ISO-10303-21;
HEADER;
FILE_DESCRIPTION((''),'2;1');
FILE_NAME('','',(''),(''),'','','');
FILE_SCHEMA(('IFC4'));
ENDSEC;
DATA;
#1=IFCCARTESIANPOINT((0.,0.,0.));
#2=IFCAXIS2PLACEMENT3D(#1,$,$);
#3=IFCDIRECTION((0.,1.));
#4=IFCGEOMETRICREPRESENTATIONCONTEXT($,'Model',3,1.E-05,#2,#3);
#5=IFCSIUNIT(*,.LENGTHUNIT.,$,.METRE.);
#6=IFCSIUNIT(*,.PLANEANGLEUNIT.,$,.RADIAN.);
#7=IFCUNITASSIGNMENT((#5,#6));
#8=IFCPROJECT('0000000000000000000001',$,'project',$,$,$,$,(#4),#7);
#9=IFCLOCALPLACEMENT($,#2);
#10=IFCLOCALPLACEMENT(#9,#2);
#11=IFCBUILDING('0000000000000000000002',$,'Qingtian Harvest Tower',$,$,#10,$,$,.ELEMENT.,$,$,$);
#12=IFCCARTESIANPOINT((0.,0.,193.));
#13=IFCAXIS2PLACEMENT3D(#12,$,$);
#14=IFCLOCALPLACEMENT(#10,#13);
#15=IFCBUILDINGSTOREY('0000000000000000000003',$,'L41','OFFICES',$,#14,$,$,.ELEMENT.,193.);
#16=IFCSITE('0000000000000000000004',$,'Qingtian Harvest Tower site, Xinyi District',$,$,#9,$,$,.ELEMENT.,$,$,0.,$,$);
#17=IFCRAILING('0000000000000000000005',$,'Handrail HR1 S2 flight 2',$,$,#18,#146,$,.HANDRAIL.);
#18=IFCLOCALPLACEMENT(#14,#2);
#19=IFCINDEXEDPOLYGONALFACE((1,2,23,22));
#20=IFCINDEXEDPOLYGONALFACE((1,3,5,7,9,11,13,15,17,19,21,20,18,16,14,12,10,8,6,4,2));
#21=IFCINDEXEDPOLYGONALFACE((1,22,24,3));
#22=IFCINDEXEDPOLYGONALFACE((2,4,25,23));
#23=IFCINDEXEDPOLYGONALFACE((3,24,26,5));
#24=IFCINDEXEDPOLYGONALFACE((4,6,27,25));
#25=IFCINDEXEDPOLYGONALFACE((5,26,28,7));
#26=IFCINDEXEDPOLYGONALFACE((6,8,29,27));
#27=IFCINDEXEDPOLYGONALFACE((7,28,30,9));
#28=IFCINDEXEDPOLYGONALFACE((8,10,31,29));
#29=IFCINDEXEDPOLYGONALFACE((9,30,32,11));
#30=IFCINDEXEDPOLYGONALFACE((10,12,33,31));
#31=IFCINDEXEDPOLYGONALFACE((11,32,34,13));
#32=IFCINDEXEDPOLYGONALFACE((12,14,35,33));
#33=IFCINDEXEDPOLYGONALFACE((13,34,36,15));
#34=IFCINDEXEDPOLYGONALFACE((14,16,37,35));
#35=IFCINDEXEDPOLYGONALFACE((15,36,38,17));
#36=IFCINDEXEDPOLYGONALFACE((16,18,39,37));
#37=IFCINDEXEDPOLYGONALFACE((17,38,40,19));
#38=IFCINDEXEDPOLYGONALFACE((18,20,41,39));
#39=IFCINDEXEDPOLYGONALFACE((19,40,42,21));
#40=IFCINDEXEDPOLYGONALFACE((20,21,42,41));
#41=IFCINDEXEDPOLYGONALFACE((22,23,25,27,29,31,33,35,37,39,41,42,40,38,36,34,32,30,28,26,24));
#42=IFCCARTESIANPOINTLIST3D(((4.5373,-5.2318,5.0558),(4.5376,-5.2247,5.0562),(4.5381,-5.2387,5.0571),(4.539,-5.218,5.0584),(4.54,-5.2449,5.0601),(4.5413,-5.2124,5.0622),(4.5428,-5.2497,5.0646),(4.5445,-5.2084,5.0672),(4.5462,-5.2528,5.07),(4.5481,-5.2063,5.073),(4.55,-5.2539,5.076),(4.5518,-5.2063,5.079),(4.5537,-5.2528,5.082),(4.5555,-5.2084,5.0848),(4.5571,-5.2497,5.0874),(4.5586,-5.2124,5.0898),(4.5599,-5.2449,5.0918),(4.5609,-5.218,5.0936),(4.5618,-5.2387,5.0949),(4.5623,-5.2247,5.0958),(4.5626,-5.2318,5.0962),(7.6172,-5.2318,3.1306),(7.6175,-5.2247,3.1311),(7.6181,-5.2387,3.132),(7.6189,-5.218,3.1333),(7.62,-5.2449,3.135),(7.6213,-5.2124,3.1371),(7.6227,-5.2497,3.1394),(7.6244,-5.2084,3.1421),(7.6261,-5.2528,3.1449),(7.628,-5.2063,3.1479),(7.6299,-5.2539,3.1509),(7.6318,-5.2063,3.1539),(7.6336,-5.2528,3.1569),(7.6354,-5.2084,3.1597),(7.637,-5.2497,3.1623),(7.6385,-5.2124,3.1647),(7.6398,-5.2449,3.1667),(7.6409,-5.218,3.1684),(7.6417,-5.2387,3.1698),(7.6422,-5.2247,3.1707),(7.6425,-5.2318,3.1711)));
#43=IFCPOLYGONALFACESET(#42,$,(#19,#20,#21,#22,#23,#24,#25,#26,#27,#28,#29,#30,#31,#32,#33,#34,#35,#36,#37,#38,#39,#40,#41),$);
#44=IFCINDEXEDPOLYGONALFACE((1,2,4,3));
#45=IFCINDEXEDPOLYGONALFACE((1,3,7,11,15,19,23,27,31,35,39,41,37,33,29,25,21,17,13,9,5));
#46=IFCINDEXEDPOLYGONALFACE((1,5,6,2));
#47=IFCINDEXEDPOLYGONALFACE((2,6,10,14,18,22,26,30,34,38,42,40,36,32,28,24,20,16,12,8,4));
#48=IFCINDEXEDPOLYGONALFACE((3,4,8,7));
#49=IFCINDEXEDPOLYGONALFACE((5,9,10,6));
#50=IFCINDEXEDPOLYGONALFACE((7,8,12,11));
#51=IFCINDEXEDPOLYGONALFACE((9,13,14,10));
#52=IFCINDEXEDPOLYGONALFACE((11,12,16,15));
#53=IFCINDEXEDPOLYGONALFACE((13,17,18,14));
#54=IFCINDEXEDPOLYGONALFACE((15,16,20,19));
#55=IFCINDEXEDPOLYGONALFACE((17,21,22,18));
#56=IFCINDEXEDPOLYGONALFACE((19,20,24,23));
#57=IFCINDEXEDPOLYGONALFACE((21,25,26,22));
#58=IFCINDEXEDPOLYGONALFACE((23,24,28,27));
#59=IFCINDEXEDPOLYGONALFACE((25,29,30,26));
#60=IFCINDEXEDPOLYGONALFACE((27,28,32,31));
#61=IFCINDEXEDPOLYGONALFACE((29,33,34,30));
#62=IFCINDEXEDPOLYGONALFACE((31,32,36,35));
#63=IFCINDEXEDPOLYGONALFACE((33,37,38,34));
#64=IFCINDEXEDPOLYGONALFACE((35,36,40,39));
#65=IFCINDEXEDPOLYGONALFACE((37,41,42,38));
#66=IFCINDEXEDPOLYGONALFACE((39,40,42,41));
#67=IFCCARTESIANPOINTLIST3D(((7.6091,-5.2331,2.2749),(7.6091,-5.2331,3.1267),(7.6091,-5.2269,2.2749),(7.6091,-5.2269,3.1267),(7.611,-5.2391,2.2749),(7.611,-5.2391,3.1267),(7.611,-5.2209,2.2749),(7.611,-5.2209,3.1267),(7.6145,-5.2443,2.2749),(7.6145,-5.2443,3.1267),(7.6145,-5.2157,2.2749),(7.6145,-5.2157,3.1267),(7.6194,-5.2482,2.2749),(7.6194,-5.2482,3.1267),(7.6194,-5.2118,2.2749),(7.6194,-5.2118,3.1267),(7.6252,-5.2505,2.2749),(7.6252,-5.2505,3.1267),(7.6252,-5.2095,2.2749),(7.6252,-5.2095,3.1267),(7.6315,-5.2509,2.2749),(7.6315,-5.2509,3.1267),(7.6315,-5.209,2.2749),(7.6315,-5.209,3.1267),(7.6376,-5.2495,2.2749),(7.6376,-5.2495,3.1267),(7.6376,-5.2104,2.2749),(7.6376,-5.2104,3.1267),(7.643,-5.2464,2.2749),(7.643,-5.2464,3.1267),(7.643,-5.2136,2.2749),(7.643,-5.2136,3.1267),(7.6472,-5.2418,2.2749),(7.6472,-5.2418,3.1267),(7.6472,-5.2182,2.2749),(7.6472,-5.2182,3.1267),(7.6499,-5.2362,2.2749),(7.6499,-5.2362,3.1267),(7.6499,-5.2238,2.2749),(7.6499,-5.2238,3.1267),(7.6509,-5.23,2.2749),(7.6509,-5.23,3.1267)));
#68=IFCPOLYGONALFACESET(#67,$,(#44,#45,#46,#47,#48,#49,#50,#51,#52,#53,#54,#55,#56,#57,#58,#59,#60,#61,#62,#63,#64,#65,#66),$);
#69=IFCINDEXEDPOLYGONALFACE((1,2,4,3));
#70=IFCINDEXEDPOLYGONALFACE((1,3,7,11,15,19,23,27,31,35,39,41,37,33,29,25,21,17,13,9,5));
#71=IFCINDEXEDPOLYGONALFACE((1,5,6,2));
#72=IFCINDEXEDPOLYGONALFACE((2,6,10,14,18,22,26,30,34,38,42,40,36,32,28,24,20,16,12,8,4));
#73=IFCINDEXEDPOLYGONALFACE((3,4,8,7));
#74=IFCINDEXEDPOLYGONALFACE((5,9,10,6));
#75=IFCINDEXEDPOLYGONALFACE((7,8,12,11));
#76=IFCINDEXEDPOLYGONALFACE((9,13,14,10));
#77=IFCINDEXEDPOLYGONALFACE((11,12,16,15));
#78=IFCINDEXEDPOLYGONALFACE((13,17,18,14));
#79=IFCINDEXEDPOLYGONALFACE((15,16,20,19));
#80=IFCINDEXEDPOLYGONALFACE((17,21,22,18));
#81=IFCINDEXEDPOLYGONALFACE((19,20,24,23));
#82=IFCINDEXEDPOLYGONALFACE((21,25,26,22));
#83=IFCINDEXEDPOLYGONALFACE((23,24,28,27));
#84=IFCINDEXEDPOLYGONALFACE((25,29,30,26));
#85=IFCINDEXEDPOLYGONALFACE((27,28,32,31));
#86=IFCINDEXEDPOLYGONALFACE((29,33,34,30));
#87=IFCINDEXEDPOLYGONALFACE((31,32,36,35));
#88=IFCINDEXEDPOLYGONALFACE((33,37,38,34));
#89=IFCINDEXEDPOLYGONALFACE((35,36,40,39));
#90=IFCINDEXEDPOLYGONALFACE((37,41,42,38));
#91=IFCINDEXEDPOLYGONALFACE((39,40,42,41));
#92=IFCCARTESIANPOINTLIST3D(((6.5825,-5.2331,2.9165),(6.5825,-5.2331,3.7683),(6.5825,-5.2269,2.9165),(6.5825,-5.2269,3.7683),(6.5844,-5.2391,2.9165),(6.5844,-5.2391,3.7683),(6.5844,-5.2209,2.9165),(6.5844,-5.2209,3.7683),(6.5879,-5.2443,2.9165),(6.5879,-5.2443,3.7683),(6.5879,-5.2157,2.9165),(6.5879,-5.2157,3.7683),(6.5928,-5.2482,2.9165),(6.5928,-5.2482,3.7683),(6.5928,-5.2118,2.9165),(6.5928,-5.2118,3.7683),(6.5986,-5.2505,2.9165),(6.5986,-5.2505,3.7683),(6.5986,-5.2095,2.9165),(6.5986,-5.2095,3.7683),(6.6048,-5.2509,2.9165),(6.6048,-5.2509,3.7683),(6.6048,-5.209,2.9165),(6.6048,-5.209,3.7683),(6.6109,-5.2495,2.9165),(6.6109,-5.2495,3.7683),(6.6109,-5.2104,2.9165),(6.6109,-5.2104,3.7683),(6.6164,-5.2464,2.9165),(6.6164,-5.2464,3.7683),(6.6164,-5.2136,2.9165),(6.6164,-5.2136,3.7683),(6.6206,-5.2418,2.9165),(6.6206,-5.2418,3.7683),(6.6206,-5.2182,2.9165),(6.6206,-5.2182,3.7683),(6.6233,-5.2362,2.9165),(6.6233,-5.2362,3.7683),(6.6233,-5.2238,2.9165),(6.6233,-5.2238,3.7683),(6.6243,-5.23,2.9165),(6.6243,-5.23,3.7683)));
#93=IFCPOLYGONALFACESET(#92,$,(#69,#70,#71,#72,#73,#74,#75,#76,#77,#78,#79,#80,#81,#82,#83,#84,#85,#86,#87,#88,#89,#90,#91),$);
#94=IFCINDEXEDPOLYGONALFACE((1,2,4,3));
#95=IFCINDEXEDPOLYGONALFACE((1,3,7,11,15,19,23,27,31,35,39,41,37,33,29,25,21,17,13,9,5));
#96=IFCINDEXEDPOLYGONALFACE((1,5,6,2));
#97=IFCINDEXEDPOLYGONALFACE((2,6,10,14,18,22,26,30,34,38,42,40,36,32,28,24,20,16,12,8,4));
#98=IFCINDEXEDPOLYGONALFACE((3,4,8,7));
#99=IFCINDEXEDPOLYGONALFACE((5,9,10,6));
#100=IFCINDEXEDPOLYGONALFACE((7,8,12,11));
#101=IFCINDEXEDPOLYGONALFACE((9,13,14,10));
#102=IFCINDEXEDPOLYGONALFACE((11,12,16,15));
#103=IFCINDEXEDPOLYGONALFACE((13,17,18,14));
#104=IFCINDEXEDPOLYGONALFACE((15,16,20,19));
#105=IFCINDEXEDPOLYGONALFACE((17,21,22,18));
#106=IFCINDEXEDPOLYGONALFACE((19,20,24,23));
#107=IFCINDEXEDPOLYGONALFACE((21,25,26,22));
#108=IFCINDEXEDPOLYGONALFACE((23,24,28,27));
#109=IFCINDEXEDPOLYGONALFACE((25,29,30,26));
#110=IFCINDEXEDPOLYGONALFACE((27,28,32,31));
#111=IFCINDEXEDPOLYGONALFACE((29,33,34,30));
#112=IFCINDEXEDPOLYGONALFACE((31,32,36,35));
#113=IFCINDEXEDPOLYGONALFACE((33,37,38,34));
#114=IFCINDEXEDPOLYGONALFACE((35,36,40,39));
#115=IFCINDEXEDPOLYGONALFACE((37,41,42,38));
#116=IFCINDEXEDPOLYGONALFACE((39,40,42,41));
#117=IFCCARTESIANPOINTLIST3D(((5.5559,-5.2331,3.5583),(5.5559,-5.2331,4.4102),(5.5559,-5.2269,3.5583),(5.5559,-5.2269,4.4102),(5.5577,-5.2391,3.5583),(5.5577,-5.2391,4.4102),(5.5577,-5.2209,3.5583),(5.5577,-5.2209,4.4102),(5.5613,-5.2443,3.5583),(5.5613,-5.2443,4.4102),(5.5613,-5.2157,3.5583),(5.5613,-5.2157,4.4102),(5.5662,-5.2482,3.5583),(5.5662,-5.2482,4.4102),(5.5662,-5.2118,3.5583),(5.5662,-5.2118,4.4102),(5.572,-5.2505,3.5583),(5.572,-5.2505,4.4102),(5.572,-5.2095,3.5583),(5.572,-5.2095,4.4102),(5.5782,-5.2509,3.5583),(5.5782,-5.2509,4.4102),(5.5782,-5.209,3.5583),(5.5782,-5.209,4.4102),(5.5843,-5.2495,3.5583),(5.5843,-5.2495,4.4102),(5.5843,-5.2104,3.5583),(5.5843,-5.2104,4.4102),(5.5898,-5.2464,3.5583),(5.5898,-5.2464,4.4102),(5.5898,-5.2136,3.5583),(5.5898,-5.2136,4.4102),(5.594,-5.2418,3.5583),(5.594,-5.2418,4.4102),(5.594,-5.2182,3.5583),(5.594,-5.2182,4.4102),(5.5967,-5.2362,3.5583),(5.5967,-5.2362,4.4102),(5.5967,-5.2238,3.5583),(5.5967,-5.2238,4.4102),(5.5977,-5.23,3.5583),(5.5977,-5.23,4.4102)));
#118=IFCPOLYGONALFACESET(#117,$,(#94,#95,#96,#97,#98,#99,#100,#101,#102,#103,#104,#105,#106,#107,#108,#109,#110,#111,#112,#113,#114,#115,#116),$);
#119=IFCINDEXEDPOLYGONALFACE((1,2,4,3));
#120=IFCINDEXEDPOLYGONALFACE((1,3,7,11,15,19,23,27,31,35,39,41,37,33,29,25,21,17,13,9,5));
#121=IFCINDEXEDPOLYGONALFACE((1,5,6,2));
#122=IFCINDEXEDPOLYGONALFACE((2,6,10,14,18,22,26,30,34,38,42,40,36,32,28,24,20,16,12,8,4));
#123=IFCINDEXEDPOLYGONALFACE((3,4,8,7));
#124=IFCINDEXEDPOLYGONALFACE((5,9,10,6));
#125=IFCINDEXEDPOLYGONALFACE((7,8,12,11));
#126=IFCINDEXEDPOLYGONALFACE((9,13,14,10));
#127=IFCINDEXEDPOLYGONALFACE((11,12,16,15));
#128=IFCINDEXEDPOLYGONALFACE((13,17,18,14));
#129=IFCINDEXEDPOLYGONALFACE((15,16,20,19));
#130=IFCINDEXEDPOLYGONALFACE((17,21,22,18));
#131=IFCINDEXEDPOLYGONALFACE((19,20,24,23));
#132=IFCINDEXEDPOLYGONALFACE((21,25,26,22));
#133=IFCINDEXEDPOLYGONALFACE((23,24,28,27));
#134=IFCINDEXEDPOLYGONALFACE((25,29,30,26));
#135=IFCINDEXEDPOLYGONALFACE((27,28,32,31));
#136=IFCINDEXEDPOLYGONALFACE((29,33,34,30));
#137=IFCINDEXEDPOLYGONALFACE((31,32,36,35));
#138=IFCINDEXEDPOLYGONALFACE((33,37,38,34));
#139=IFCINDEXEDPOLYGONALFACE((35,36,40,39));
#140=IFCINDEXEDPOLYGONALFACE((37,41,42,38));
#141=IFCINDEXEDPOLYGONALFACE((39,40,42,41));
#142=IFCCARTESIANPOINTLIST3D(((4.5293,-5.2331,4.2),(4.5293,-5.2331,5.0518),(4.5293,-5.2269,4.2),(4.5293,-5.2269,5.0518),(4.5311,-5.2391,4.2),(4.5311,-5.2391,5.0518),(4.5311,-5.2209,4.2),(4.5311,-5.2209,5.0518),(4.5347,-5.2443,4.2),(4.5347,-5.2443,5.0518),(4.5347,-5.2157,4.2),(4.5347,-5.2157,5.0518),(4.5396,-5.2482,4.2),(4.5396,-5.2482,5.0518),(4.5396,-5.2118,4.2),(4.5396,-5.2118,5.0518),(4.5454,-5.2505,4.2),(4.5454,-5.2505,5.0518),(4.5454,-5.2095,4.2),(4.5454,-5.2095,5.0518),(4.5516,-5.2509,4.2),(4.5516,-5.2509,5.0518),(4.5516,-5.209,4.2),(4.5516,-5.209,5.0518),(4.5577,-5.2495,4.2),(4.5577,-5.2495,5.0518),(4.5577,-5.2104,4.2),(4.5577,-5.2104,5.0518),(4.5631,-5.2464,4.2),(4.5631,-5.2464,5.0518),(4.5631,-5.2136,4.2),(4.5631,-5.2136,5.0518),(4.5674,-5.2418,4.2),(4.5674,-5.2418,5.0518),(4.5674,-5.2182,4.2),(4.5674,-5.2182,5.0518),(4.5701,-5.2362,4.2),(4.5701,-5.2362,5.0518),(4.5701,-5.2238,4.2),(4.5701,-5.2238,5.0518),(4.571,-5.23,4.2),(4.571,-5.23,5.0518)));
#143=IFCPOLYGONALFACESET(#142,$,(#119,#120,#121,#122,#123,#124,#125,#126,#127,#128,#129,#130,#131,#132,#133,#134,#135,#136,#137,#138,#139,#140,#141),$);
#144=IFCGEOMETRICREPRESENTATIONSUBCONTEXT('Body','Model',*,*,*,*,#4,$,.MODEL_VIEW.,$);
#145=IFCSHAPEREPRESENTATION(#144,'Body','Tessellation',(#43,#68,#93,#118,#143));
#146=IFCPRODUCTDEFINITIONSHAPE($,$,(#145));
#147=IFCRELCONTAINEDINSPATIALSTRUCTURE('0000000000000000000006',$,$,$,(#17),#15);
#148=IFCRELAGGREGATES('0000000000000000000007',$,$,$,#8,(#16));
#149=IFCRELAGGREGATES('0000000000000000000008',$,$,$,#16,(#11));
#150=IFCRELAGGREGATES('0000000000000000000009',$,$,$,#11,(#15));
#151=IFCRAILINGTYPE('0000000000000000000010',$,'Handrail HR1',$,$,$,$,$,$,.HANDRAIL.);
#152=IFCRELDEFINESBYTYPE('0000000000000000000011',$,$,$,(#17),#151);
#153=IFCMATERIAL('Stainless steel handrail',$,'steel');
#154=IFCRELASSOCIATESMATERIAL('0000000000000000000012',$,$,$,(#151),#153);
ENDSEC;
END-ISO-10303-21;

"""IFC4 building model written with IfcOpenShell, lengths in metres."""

from ifc_helpers import new_model, si_unit, direction, frame, origin, origin_2d, place, context, subcontext, project, spatial, circle, extrude, material, type_object, element, save


model = new_model("IFC4")

# Units and contexts
model_context = context("Model", 3, precision=1e-05, world=origin(), true_north=direction((0.0, 1.0)))
body_context = subcontext(model_context, "Body", "Model", "MODEL_VIEW")
ifc_project = project(units=[si_unit("LENGTHUNIT", "METRE"), si_unit("PLANEANGLEUNIT", "RADIAN")], contexts=[model_context])

# Site, building, storey
site_placement = place(None, origin())
site = spatial("IfcSite", under=ifc_project, at=site_placement, Name="Qingtian Harvest Tower site, Xinyi District", CompositionType="ELEMENT", RefElevation=0.0)
building_placement = place(site_placement, origin())
building = spatial("IfcBuilding", under=site, at=building_placement, Name="Qingtian Harvest Tower", CompositionType="ELEMENT")
storey_placement = place(building_placement, frame((0.0, 0.0, 193.0)))
storey = spatial("IfcBuildingStorey", under=building, at=storey_placement, Name="L41", Description="OFFICES", CompositionType="ELEMENT", Elevation=193.0)

# Railing
ifc_material_1 = material(Name="Stainless steel handrail", Category="steel")
railing_type = type_object("IfcRailingType", Name="Handrail HR1", PredefinedType="HANDRAIL", material=ifc_material_1)
railing_1_placement = place(storey_placement, frame((7.6299, -5.23, 2.2749)))
element("IfcRailing", 1, at=railing_1_placement, inside=storey, type_object=railing_type, Name="Handrail HR1 S2 flight 2", PredefinedType="HANDRAIL", context=body_context, shape_type="SweptSolid", body=[
    extrude(circle(Radius=0.0239, at=origin_2d()), frame((0.0, 0.0, 0.876), z_axis=(-0.847979, 0.0, 0.530029), x_axis=(0.0, -1.0, 0.0)), (0.0, 0.0, 1.0), 3.6321),
    extrude(circle(Radius=0.021, at=origin_2d()), origin(), (0.0, 0.0, 1.0), 0.8518),
    extrude(circle(Radius=0.021, at=origin_2d()), frame((-1.0266, 0.0, 0.6416)), (0.0, 0.0, 1.0), 0.8518),
    extrude(circle(Radius=0.021, at=origin_2d()), frame((-2.0532, 0.0, 1.2834)), (0.0, 0.0, 1.0), 0.8518),
    extrude(circle(Radius=0.021, at=origin_2d()), frame((-3.0798, 0.0, 1.925)), (0.0, 0.0, 1.0), 0.8518),
])

save(model, "model.ifc")
